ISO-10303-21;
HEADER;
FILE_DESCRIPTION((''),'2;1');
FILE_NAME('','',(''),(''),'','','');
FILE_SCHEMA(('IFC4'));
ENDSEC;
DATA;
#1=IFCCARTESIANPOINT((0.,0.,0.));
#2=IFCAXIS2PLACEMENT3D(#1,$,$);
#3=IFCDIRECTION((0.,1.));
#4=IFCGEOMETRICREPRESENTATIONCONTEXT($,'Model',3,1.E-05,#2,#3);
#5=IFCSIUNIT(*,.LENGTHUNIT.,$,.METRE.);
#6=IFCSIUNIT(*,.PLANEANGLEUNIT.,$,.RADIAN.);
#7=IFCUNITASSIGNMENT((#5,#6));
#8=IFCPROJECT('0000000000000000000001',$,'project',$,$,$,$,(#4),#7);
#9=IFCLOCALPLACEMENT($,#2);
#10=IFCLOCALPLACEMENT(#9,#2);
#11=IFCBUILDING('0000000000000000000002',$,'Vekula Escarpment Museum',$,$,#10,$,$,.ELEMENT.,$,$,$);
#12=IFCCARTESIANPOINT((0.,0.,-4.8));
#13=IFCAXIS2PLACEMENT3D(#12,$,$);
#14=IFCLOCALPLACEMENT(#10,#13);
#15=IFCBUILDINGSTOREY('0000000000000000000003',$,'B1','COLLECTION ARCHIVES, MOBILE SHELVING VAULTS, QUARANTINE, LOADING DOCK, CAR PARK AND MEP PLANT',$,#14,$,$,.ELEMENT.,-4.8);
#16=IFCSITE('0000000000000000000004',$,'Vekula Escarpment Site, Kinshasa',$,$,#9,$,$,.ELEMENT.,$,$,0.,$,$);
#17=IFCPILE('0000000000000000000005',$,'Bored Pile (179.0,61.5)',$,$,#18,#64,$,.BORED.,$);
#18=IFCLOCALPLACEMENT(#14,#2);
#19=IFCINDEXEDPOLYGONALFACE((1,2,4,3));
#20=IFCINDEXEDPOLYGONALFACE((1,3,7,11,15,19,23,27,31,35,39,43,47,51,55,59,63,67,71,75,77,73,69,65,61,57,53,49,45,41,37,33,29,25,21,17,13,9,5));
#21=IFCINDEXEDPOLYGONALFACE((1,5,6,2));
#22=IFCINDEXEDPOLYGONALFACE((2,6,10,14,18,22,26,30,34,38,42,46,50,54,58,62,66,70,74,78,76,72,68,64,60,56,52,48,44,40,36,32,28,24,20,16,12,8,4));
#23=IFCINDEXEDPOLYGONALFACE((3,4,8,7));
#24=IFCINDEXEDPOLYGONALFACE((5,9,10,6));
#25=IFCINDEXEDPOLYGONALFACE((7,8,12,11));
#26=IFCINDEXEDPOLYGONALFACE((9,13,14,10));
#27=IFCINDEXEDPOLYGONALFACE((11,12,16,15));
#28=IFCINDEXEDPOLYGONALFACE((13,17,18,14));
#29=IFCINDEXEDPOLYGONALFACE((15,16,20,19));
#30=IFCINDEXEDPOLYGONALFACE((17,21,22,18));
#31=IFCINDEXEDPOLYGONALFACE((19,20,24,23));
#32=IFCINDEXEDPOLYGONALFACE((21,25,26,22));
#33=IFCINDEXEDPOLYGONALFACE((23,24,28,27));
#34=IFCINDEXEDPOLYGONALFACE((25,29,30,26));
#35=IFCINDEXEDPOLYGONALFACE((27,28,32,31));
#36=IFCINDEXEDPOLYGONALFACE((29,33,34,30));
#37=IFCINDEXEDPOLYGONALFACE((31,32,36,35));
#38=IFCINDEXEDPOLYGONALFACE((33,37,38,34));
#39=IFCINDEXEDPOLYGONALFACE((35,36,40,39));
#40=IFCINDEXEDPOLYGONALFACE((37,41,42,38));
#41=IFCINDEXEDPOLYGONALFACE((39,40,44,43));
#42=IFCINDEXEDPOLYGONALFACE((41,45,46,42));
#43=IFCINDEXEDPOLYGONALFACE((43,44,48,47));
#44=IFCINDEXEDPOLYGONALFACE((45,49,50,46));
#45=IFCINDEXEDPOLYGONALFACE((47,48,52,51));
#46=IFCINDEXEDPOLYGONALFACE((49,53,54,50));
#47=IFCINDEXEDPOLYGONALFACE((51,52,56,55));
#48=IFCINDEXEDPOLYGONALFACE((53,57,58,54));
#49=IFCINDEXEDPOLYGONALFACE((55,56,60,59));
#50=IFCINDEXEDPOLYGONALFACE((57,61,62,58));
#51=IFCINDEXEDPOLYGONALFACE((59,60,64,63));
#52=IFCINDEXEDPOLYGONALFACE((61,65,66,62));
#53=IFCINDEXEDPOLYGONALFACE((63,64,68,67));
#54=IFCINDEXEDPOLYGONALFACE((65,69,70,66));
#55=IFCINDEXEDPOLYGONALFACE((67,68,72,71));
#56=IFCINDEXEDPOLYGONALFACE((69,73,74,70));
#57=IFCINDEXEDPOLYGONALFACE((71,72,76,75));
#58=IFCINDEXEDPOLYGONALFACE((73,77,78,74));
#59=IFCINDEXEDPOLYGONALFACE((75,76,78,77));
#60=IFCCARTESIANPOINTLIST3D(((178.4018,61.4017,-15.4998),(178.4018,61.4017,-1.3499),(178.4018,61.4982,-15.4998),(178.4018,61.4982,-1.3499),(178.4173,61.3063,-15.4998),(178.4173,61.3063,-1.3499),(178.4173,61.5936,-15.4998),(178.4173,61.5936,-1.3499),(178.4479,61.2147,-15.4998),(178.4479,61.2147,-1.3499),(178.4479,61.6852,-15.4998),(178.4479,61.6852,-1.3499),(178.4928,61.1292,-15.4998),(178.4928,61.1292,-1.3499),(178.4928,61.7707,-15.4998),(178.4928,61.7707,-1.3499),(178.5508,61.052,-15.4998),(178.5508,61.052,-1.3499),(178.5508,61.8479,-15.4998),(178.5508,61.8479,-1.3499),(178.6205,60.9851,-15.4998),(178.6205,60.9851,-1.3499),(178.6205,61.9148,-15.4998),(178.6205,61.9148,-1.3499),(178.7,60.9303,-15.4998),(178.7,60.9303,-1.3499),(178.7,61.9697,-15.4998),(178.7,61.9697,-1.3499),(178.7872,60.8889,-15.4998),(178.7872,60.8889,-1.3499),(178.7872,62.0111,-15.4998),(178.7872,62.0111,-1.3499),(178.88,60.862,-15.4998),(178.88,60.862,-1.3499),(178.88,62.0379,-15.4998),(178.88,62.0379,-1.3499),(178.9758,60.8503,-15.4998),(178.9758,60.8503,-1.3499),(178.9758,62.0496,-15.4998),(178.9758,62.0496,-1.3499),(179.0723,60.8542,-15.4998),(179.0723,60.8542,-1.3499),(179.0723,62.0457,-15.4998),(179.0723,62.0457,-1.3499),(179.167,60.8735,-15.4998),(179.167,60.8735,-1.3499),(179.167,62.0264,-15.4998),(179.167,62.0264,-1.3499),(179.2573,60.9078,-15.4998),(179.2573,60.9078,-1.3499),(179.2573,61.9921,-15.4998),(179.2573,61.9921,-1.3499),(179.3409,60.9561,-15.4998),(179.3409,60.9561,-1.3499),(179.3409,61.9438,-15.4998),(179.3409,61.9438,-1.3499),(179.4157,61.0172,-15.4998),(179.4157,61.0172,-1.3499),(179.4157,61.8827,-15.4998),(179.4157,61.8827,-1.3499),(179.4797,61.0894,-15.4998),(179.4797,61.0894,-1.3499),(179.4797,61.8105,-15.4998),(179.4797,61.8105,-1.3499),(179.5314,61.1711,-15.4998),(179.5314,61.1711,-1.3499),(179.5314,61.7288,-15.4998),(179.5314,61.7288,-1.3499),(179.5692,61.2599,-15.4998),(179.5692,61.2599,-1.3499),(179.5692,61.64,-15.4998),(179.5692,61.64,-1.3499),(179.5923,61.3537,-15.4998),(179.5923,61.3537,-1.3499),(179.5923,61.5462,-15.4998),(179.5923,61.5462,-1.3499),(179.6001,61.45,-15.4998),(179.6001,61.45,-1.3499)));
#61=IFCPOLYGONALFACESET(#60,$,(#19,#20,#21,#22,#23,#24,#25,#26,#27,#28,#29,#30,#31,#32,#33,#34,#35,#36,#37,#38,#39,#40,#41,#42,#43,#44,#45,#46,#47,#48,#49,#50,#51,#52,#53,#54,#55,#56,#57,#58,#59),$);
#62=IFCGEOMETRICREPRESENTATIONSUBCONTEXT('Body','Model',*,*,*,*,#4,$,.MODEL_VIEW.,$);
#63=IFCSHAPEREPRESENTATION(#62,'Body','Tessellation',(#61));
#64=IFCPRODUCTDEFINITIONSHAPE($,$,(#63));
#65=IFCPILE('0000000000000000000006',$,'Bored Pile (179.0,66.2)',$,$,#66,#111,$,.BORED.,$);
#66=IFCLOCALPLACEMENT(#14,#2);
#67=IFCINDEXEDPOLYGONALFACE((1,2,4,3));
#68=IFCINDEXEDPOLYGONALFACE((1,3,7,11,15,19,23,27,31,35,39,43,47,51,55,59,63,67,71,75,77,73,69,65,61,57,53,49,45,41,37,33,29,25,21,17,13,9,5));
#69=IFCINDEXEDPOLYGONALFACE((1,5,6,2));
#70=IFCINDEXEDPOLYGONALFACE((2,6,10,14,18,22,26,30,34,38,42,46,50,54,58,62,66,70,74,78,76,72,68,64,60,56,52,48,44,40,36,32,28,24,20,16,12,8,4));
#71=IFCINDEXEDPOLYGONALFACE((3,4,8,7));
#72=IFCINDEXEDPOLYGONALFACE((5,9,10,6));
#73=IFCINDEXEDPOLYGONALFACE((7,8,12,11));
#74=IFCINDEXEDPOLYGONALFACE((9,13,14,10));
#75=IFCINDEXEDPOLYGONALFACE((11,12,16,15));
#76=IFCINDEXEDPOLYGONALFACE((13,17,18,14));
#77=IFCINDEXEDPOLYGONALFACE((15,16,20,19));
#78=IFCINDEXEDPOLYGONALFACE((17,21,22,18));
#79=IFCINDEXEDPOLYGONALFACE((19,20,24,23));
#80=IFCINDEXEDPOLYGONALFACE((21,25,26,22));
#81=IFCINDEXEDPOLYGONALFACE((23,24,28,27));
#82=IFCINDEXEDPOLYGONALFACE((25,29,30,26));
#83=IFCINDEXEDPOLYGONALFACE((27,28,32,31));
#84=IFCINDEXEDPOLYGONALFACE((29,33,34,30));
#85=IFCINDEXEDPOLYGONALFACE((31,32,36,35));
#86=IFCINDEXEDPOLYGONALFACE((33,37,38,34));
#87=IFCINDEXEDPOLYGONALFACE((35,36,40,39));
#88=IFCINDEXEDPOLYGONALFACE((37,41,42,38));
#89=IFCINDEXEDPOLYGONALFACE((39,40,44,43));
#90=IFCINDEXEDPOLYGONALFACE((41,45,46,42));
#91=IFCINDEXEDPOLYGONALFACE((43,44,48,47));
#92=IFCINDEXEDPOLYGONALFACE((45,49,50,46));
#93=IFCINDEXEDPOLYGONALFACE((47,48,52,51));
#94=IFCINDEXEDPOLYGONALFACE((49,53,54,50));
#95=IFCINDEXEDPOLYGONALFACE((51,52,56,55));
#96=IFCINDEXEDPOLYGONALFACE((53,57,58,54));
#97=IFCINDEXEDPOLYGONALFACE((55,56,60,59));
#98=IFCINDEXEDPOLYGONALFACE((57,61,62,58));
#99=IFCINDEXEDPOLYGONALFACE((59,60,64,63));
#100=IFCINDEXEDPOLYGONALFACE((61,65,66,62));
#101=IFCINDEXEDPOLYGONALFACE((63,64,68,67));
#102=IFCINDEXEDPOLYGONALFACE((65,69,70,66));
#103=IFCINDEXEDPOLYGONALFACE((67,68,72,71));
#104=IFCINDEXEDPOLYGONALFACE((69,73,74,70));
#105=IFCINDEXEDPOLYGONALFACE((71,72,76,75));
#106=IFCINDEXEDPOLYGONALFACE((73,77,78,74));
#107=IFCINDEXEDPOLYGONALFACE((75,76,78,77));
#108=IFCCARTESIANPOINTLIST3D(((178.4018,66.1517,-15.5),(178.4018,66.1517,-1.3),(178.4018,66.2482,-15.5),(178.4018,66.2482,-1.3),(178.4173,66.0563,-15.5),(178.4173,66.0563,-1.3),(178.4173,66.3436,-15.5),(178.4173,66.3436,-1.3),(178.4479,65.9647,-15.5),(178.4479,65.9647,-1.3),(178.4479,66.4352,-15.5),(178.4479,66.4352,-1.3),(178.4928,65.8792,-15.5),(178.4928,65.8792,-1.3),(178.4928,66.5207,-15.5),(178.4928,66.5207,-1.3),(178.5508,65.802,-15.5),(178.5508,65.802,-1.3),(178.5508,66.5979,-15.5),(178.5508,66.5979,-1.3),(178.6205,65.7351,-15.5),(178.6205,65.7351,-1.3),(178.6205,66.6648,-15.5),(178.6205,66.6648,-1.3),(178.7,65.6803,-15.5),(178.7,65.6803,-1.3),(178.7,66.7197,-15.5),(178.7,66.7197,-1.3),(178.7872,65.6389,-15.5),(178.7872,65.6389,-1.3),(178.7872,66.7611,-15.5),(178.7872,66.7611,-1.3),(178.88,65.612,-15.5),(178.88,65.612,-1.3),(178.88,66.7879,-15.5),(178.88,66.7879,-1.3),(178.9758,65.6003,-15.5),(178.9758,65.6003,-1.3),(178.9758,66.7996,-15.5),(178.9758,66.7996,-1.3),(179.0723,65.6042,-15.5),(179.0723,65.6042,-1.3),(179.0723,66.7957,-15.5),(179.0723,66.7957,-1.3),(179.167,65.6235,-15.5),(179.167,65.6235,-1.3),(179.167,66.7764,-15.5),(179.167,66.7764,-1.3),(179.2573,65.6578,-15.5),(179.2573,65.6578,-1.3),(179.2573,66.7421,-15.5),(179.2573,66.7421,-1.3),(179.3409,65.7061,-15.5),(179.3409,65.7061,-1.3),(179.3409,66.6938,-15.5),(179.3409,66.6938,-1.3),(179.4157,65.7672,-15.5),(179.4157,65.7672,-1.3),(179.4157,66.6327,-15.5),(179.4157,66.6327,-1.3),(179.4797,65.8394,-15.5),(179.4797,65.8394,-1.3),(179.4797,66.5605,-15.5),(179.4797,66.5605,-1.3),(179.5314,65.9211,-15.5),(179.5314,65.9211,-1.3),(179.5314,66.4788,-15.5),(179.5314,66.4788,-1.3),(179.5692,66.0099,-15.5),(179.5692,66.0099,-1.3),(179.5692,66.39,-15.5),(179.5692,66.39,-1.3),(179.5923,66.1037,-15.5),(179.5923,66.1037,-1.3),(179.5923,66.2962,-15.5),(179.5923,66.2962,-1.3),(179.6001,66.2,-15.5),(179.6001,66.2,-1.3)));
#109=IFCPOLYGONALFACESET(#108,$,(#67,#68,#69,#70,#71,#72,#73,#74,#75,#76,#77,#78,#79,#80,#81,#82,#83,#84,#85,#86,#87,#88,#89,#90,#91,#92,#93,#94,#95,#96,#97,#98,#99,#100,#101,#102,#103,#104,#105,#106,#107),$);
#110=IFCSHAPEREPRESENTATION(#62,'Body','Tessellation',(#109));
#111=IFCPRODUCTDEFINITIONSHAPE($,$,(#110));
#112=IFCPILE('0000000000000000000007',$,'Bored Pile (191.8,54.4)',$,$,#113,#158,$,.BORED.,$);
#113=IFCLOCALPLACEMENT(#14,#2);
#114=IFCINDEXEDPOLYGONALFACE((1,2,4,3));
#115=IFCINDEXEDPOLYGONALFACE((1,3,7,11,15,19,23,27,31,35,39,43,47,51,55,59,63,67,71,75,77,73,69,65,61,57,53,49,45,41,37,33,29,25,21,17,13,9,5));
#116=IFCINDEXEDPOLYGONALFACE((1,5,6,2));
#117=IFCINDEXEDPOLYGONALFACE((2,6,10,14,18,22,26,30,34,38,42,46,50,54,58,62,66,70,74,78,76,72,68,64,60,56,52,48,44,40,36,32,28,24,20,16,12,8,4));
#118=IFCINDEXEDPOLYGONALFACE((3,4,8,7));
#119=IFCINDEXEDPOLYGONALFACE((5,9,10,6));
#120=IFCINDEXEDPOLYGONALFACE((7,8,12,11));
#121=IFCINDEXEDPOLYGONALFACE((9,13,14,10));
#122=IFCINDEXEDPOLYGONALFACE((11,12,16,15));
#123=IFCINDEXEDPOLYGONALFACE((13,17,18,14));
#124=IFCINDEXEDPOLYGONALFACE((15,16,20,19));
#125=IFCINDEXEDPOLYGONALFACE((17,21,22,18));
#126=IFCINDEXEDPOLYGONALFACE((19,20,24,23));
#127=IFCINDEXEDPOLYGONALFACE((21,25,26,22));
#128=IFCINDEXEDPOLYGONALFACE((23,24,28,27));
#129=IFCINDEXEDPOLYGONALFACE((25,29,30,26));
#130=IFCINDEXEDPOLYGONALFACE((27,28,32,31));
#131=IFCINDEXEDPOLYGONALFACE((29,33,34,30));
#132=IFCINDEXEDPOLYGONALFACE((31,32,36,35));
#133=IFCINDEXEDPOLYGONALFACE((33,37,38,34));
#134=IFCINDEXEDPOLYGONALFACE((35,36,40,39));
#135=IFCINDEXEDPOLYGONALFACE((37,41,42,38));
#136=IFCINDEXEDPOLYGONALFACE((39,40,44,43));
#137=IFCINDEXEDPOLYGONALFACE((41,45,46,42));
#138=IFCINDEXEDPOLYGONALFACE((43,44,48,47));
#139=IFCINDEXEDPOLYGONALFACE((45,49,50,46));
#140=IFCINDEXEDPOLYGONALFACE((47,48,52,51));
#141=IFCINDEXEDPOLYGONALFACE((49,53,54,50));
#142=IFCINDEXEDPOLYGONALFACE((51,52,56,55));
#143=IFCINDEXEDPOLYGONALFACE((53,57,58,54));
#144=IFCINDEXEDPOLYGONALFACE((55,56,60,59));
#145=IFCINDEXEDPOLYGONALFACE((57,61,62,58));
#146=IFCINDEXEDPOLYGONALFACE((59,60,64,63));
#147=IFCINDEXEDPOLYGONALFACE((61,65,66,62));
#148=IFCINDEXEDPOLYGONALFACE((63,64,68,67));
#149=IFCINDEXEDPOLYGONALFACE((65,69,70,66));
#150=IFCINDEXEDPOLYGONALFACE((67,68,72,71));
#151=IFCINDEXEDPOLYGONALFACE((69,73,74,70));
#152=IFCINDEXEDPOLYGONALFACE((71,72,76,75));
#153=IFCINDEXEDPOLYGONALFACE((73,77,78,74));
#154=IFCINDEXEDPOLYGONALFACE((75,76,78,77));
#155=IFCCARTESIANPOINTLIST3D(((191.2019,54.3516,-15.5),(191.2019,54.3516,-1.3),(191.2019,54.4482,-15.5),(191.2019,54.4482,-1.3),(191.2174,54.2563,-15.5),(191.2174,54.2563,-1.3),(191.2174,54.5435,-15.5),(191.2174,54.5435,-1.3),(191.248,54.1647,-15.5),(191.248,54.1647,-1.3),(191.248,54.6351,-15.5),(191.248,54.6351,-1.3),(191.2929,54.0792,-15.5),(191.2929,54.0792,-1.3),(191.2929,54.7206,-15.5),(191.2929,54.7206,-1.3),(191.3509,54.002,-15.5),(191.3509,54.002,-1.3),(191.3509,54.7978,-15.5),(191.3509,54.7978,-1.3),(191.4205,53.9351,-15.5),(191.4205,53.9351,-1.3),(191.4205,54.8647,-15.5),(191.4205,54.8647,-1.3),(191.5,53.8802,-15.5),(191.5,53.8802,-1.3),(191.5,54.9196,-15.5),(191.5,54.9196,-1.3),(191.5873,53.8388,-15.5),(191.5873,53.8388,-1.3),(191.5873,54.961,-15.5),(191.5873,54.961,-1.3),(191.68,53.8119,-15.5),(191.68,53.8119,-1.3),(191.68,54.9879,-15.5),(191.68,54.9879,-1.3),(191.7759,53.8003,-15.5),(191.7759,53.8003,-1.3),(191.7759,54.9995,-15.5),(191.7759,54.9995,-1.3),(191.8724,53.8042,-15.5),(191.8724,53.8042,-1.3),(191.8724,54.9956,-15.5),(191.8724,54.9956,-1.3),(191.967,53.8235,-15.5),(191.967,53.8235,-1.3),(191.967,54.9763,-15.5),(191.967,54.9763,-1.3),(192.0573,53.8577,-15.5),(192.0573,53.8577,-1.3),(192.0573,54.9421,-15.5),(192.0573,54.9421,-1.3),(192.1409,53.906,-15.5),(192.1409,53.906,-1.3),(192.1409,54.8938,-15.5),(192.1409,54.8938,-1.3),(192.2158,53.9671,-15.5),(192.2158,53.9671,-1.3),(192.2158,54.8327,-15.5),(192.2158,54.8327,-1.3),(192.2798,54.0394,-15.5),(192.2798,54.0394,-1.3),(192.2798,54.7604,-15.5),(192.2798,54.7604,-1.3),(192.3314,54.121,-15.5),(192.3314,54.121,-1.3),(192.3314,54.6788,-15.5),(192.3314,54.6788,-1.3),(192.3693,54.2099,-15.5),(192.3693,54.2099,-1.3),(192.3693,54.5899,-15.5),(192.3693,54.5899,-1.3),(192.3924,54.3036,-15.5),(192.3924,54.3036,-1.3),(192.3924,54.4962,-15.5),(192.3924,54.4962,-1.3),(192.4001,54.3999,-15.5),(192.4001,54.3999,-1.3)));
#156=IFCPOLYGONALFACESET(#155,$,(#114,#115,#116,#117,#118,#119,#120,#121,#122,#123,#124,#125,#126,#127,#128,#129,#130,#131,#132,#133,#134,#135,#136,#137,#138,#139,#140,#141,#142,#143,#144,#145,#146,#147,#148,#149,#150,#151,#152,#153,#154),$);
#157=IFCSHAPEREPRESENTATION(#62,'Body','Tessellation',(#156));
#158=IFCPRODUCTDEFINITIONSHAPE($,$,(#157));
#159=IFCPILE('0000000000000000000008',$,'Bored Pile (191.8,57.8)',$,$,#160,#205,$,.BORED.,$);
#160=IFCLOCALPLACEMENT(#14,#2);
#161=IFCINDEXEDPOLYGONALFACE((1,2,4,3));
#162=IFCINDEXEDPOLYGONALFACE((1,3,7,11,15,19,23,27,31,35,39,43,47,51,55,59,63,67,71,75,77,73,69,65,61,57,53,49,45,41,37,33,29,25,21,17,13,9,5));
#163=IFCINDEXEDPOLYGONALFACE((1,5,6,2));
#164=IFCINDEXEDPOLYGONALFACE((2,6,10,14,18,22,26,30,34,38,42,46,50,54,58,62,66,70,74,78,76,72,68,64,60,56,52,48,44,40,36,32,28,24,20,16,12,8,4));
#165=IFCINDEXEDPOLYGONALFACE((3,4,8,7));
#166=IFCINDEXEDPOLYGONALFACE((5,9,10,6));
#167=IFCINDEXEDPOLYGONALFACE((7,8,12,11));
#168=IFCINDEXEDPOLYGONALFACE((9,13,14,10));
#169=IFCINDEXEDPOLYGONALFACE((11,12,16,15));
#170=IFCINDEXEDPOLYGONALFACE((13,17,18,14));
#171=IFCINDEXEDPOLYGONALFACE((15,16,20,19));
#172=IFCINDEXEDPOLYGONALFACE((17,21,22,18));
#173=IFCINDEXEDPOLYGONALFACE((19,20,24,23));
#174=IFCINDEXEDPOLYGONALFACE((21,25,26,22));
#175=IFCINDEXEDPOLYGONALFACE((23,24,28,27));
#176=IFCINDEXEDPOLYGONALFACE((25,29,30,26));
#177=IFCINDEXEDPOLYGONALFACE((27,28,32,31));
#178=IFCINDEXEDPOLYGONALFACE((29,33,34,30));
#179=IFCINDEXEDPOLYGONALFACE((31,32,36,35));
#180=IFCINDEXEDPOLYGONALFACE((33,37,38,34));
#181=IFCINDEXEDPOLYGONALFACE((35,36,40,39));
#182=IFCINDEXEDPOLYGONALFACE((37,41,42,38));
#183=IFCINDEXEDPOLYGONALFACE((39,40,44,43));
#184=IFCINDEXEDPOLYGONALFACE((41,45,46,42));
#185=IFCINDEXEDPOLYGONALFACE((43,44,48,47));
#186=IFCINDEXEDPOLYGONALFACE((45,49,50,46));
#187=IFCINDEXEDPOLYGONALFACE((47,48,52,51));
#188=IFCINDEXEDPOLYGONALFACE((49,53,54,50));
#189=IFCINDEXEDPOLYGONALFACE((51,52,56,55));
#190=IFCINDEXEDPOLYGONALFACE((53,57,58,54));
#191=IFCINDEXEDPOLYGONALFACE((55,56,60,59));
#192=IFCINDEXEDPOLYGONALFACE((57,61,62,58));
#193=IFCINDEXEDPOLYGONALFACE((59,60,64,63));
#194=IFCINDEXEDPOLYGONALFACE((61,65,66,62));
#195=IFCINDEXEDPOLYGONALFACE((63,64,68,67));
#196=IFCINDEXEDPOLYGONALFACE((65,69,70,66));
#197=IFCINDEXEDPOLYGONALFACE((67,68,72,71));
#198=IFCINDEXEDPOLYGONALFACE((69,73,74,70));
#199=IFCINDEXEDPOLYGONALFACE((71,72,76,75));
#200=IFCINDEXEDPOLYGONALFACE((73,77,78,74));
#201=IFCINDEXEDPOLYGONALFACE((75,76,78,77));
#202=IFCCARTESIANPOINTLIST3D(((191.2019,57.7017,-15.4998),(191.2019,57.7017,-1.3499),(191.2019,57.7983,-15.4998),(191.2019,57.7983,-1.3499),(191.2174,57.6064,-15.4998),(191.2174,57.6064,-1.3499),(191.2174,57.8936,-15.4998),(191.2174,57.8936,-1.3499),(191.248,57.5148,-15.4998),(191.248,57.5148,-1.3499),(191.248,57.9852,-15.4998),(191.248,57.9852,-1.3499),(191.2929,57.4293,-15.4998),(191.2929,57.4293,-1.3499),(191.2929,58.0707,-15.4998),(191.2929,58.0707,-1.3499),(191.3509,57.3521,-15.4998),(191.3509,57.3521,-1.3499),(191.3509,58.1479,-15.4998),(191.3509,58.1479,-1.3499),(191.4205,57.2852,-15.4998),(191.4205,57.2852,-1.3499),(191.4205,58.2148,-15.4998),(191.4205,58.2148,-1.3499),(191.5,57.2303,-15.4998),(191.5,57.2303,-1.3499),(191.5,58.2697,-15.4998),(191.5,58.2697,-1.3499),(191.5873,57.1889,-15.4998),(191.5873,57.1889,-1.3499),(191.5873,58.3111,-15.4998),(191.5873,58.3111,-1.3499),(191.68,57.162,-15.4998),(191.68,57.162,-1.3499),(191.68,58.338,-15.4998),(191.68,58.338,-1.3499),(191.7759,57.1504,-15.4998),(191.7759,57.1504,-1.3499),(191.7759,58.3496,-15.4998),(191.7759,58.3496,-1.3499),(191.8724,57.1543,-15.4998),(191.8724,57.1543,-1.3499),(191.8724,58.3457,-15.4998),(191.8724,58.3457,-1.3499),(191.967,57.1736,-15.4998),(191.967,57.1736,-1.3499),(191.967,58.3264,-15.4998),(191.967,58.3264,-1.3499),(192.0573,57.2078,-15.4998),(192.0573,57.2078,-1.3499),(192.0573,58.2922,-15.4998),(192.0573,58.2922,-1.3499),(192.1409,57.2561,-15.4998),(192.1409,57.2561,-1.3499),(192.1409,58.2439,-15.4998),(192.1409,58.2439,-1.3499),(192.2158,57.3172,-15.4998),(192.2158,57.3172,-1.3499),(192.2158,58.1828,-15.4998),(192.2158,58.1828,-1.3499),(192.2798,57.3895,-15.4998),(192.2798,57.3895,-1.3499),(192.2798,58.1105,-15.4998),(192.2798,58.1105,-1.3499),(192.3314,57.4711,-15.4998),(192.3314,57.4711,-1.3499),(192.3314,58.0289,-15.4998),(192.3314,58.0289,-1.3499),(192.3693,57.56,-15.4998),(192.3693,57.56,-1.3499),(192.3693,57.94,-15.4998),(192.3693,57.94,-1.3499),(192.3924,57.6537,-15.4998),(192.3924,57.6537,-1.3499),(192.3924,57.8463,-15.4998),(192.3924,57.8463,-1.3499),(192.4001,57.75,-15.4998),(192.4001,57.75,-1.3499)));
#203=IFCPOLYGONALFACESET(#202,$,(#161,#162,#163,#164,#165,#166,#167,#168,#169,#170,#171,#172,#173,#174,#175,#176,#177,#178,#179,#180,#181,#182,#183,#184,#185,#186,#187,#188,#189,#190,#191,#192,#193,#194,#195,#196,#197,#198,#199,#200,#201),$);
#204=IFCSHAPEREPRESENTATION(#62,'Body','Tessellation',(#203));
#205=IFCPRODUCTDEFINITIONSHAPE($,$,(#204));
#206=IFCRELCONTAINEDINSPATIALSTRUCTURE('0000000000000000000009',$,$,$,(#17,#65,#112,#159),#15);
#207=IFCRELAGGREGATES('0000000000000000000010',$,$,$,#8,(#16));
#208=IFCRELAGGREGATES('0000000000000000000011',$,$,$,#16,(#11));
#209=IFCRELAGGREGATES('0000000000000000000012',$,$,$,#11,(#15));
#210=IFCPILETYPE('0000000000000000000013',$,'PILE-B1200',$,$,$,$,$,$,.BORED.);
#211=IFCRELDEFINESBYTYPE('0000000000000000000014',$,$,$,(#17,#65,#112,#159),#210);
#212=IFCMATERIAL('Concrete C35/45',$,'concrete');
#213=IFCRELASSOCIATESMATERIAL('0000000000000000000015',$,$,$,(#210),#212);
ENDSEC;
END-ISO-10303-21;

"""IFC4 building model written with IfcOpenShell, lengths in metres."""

from ifc_helpers import new_model, si_unit, direction, frame, origin, origin_2d, place, context, subcontext, project, spatial, circle, extrude, material, material_profile, profile_set, type_object, element, save


model = new_model("IFC4")

# Units and contexts
model_context = context("Model", 3, precision=1e-05, world=origin(), true_north=direction((0.0, 1.0)))
body_context = subcontext(model_context, "Body", "Model", "MODEL_VIEW")
ifc_project = project(units=[si_unit("LENGTHUNIT", "METRE"), si_unit("PLANEANGLEUNIT", "RADIAN")], contexts=[model_context])

# Site, building, storey
site_placement = place(None, origin())
site = spatial("IfcSite", under=ifc_project, at=site_placement, Name="Vekula Escarpment Site, Kinshasa", CompositionType="ELEMENT", RefElevation=0.0)
building_placement = place(site_placement, origin())
building = spatial("IfcBuilding", under=site, at=building_placement, Name="Vekula Escarpment Museum", CompositionType="ELEMENT")
storey_placement = place(building_placement, frame((0.0, 0.0, -4.8)))
storey = spatial("IfcBuildingStorey", under=building, at=storey_placement, Name="B1", Description="COLLECTION ARCHIVES, MOBILE SHELVING VAULTS, QUARANTINE, LOADING DOCK, CAR PARK AND MEP PLANT", CompositionType="ELEMENT", Elevation=-4.8)

# Piles
ifc_material_1 = material(Name="Concrete C35/45", Category="concrete")
ifc_material_profile_1 = material_profile(ifc_material_1, circle(Radius=0.6001, at=origin_2d()), Name="BORED PILE 1200")
ifc_profile_set_1 = profile_set([ifc_material_profile_1], Name="Concrete C35/45")
pile_type = type_object("IfcPileType", Name="PILE-B1200", PredefinedType="BORED", material=ifc_profile_set_1)
for number, where, z_axis, x_axis, name in (
    (1, (179.0, 61.45, -1.3499), (0.0, 0.0, -1.0), (1.0, 0.0, 0.0), "Bored Pile (179.0,61.5)"),
):
    element("IfcPile", number, at=place(storey_placement, frame(where, z_axis=z_axis, x_axis=x_axis)), inside=storey, type_object=pile_type, Name=name, PredefinedType="BORED", context=body_context, shape_type="SweptSolid", body=[
        extrude(circle(Radius=0.6001, at=origin_2d()), origin(), (0.0, 0.0, 1.0), 14.1499),
    ])
for number, where, z_axis, x_axis, name in (
    (2, (179.0, 66.2, -1.3), (0.0, 0.0, -1.0), (1.0, 0.0, 0.0), "Bored Pile (179.0,66.2)"),
    (3, (191.8, 54.3999, -1.3), (0.0, 0.0, -1.0), (1.0, 0.0, 0.0), "Bored Pile (191.8,54.4)"),
):
    element("IfcPile", number, at=place(storey_placement, frame(where, z_axis=z_axis, x_axis=x_axis)), inside=storey, type_object=pile_type, Name=name, PredefinedType="BORED", context=body_context, shape_type="SweptSolid", body=[
        extrude(circle(Radius=0.6001, at=origin_2d()), origin(), (0.0, 0.0, 1.0), 14.2),
    ])
for number, where, z_axis, x_axis, name in (
    (4, (191.8, 57.75, -1.3499), (0.0, 0.0, -1.0), (1.0, 0.0, 0.0), "Bored Pile (191.8,57.8)"),
):
    element("IfcPile", number, at=place(storey_placement, frame(where, z_axis=z_axis, x_axis=x_axis)), inside=storey, type_object=pile_type, Name=name, PredefinedType="BORED", context=body_context, shape_type="SweptSolid", body=[
        extrude(circle(Radius=0.6001, at=origin_2d()), origin(), (0.0, 0.0, 1.0), 14.1499),
    ])

save(model, "model.ifc")
